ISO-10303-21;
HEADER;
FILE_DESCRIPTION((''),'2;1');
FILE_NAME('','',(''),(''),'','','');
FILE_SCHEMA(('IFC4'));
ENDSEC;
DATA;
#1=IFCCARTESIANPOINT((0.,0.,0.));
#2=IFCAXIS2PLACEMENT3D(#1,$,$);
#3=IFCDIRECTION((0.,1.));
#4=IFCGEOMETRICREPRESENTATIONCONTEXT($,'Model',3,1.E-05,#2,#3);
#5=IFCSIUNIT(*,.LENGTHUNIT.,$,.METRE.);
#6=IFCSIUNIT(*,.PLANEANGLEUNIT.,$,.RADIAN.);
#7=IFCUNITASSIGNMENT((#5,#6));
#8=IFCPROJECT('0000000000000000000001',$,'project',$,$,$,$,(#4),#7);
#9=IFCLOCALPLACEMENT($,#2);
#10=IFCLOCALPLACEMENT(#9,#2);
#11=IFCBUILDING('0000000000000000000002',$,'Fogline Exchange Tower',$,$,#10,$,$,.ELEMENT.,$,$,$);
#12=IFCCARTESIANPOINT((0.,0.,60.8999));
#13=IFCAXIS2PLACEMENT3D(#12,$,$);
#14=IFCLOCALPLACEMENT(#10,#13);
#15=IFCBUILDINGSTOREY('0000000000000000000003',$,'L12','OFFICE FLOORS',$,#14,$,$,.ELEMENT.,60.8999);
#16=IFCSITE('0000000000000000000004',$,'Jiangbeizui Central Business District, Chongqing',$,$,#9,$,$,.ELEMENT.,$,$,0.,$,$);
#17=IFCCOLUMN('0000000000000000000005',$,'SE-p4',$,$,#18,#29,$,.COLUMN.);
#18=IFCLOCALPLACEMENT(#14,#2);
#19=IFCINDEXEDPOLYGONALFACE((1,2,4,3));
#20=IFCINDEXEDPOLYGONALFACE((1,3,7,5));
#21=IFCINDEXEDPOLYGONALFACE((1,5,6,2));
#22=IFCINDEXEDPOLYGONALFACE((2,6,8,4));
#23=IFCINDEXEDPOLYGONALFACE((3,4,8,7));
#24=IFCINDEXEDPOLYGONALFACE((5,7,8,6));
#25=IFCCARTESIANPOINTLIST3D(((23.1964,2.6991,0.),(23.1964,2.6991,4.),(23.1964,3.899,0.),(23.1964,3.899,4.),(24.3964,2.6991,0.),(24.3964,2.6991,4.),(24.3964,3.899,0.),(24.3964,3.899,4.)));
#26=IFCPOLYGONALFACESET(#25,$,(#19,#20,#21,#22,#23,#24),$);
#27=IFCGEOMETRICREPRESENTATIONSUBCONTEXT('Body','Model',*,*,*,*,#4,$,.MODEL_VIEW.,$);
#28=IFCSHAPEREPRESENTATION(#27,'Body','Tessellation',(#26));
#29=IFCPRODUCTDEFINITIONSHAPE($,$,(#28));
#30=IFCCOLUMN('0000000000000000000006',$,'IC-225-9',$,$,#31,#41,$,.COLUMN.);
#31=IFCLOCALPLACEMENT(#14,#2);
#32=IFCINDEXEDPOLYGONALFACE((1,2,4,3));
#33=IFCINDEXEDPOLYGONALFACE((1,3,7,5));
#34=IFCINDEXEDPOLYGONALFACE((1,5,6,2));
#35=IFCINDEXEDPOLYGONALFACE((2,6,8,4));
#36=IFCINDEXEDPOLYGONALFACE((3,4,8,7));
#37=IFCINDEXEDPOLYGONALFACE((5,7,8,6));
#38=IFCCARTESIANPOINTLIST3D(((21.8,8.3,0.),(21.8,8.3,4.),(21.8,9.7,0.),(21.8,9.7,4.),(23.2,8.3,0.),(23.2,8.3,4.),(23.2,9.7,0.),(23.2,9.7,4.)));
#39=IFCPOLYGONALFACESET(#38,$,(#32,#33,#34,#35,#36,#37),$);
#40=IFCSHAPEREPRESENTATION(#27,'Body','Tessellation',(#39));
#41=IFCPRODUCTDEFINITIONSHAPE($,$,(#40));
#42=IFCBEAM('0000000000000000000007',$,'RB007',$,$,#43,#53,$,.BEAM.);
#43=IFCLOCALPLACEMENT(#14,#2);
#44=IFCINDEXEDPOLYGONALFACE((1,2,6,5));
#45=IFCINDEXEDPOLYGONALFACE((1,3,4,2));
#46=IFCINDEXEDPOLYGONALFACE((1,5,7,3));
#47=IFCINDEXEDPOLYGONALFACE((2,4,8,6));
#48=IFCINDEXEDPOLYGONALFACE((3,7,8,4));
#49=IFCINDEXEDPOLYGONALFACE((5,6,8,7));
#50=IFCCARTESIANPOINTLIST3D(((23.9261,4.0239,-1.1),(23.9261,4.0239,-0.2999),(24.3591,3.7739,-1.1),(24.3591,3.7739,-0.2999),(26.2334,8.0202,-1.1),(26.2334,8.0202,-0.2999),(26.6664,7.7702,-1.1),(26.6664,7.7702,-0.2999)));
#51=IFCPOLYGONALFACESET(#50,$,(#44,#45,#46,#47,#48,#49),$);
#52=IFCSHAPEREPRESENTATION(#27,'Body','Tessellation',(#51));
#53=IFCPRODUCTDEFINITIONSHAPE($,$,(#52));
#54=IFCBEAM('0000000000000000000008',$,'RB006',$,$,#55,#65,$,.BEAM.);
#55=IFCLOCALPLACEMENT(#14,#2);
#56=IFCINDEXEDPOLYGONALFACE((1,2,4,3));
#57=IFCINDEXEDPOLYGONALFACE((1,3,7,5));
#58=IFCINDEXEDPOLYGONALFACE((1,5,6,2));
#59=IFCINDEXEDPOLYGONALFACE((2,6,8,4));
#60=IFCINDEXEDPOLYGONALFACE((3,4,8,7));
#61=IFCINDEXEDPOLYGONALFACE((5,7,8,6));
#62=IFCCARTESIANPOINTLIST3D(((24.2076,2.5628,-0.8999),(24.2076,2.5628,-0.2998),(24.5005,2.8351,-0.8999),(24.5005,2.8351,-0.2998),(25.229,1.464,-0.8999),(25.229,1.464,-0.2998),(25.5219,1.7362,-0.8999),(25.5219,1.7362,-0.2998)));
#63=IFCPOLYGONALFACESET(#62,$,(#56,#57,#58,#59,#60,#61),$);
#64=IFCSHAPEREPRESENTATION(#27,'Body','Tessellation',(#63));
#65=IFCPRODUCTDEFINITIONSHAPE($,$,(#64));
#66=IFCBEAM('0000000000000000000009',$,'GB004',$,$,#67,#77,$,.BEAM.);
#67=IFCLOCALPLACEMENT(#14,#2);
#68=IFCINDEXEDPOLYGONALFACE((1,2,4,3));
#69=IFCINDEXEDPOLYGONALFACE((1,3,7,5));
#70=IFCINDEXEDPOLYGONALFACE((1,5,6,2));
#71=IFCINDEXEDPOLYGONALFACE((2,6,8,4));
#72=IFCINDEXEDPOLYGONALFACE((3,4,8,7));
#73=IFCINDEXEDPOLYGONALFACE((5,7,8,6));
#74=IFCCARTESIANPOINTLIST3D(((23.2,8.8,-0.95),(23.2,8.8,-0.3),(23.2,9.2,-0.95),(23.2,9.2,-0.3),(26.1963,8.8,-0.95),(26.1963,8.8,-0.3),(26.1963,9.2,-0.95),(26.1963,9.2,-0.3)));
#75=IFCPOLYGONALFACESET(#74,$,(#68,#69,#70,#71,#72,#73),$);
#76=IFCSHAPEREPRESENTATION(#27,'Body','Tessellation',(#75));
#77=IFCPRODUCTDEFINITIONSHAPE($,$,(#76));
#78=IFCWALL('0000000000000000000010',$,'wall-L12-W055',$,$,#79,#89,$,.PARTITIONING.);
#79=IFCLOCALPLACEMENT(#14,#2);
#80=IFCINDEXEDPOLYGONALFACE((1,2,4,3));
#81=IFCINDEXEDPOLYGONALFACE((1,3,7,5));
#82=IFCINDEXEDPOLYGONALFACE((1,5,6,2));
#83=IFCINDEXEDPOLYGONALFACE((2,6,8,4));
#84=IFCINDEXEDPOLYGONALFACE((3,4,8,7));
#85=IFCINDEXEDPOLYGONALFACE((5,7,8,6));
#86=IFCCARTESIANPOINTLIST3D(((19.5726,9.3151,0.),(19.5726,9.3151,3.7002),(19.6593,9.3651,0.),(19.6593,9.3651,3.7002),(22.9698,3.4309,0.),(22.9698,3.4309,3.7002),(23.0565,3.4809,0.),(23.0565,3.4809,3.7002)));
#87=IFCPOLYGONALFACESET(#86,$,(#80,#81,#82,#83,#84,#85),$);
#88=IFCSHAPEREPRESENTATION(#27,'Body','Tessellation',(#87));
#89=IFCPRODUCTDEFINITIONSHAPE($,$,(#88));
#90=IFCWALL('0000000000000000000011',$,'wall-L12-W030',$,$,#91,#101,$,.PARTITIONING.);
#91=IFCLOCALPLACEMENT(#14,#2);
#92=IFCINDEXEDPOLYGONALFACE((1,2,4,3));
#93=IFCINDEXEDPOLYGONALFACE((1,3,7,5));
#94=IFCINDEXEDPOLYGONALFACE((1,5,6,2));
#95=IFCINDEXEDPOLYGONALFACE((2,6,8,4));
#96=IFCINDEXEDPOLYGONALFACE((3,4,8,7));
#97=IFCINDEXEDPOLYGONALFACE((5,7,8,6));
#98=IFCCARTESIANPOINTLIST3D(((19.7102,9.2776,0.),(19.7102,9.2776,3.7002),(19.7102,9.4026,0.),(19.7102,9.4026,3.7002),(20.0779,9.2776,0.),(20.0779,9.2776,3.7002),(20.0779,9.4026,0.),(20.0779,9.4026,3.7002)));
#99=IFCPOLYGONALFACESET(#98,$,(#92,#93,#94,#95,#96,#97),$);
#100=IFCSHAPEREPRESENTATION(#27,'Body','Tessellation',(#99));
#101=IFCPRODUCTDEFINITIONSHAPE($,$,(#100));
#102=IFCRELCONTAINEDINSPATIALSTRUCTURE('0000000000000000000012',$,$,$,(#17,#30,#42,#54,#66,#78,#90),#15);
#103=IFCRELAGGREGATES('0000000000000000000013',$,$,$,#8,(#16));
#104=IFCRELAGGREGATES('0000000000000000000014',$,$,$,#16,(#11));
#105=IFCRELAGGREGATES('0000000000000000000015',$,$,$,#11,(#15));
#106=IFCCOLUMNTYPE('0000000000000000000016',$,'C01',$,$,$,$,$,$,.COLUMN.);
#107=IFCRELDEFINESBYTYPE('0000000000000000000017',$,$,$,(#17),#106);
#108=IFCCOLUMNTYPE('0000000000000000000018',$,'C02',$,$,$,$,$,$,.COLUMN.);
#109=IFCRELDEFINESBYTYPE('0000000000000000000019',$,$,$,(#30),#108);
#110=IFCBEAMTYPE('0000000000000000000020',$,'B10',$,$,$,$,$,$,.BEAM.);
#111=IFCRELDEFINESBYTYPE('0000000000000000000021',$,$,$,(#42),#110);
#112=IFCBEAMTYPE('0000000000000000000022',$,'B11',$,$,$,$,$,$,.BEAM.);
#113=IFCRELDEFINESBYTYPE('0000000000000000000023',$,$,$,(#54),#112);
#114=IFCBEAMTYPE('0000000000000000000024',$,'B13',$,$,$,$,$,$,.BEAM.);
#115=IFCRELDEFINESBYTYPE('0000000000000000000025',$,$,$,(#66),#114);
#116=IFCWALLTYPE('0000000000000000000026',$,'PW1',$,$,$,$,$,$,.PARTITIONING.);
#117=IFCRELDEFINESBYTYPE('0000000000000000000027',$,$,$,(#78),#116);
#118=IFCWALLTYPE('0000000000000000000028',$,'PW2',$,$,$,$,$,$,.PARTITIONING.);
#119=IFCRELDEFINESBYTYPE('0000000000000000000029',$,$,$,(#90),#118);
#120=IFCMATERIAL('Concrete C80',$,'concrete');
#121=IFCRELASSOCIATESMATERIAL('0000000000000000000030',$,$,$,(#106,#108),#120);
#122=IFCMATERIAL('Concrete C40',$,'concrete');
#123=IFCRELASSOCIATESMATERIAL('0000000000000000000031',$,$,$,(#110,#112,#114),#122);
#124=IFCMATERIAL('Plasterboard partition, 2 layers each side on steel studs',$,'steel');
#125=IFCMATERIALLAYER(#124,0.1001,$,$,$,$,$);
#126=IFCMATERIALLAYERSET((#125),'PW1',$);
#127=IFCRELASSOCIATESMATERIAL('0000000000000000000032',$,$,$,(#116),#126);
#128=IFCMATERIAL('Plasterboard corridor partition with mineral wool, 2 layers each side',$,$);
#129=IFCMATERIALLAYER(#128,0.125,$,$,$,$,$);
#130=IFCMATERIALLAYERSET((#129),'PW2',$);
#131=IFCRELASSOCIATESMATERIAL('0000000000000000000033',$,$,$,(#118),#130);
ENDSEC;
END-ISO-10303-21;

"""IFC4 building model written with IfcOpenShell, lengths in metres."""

from ifc_helpers import new_model, si_unit, direction, frame, frame_2d, origin, origin_2d, place, context, subcontext, project, spatial, rectangle, extrude, material, layer, layer_set, material_profile, profile_set, type_object, element, save


model = new_model("IFC4")

# Units and contexts
model_context = context("Model", 3, precision=1e-05, world=origin(), true_north=direction((0.0, 1.0)))
body_context = subcontext(model_context, "Body", "Model", "MODEL_VIEW")
ifc_project = project(units=[si_unit("LENGTHUNIT", "METRE"), si_unit("PLANEANGLEUNIT", "RADIAN")], contexts=[model_context])

# Site, building, storey
site_placement = place(None, origin())
site = spatial("IfcSite", under=ifc_project, at=site_placement, Name="Jiangbeizui Central Business District, Chongqing", CompositionType="ELEMENT", RefElevation=0.0)
building_placement = place(site_placement, origin())
building = spatial("IfcBuilding", under=site, at=building_placement, Name="Fogline Exchange Tower", CompositionType="ELEMENT")
storey_placement = place(building_placement, frame((0.0, 0.0, 60.8999)))
storey = spatial("IfcBuildingStorey", under=building, at=storey_placement, Name="L12", Description="OFFICE FLOORS", CompositionType="ELEMENT", Elevation=60.8999)

# Columns
ifc_material_1 = material(Name="Concrete C80", Category="concrete")
ifc_material_profile_1 = material_profile(ifc_material_1, rectangle(XDim=1.2, YDim=1.2, at=origin_2d()), Name="RC 1200x1200")
ifc_profile_set_1 = profile_set([ifc_material_profile_1], Name="Concrete C80")
column_type_1 = type_object("IfcColumnType", Name="C01", PredefinedType="COLUMN", material=ifc_profile_set_1)
column_1_placement = place(storey_placement, frame((23.7964, 3.2991, 0.0), z_axis=(0.0, 0.0, 1.0), x_axis=(1.0, 0.0, 0.0)))
element("IfcColumn", 1, at=column_1_placement, inside=storey, type_object=column_type_1, Name="SE-p4", PredefinedType="COLUMN", context=body_context, shape_type="SweptSolid", body=[
    extrude(rectangle(XDim=1.2, YDim=1.2, at=origin_2d()), origin(), (0.0, 0.0, 1.0), 4.0),
])
ifc_material_profile_2 = material_profile(ifc_material_1, rectangle(XDim=1.3999, YDim=1.3999, at=origin_2d()), Name="RC 1400x1400")
ifc_profile_set_2 = profile_set([ifc_material_profile_2], Name="Concrete C80")
column_type_2 = type_object("IfcColumnType", Name="C02", PredefinedType="COLUMN", material=ifc_profile_set_2)
column_2_placement = place(storey_placement, frame((22.5, 9.0, 0.0), z_axis=(0.0, 0.0, 1.0), x_axis=(1.0, 0.0, 0.0)))
element("IfcColumn", 2, at=column_2_placement, inside=storey, type_object=column_type_2, Name="IC-225-9", PredefinedType="COLUMN", context=body_context, shape_type="SweptSolid", body=[
    extrude(rectangle(XDim=1.3999, YDim=1.3999, at=origin_2d()), origin(), (0.0, 0.0, 1.0), 4.0),
])

# Beams
ifc_material_2 = material(Name="Concrete C40", Category="concrete")
ifc_material_profile_3 = material_profile(ifc_material_2, rectangle(XDim=0.5, YDim=0.8, at=origin_2d()), Name="RC 500x800")
ifc_profile_set_3 = profile_set([ifc_material_profile_3], Name="Concrete C40")
beam_type_1 = type_object("IfcBeamType", Name="B10", PredefinedType="BEAM", material=ifc_profile_set_3)
beam_1_placement = place(storey_placement, frame((24.1426, 3.8989, -0.7), z_axis=(0.500014, 0.866017, 0.0), x_axis=(-0.866017, 0.500014, 0.0)))
element("IfcBeam", 3, at=beam_1_placement, inside=storey, type_object=beam_type_1, Name="RB007", PredefinedType="BEAM", context=body_context, shape_type="SweptSolid", body=[
    extrude(rectangle(XDim=0.5, YDim=0.8, at=origin_2d()), origin(), (0.0, 0.0, 1.0), 4.6145),
])
ifc_material_profile_4 = material_profile(ifc_material_2, rectangle(XDim=0.3999, YDim=0.6001, at=origin_2d()), Name="RC 400x600")
ifc_profile_set_4 = profile_set([ifc_material_profile_4], Name="Concrete C40")
beam_type_2 = type_object("IfcBeamType", Name="B11", PredefinedType="BEAM", material=ifc_profile_set_4)
beam_2_placement = place(storey_placement, frame((25.3755, 1.6001, -0.5999), z_axis=(-0.680844, 0.732428, 0.0), x_axis=(-0.732428, -0.680844, 0.0)))
element("IfcBeam", 4, at=beam_2_placement, inside=storey, type_object=beam_type_2, Name="RB006", PredefinedType="BEAM", context=body_context, shape_type="SweptSolid", body=[
    extrude(rectangle(XDim=0.3999, YDim=0.6001, at=origin_2d()), origin(), (0.0, 0.0, 1.0), 1.5002),
])
ifc_material_profile_5 = material_profile(ifc_material_2, rectangle(XDim=0.3999, YDim=0.6499, at=origin_2d()), Name="RC 400x650")
ifc_profile_set_5 = profile_set([ifc_material_profile_5], Name="Concrete C40")
beam_type_3 = type_object("IfcBeamType", Name="B13", PredefinedType="BEAM", material=ifc_profile_set_5)
beam_3_placement = place(storey_placement, frame((23.2, 9.0, -0.625), z_axis=(1.0, 0.0, 0.0), x_axis=(0.0, 1.0, 0.0)))
element("IfcBeam", 5, at=beam_3_placement, inside=storey, type_object=beam_type_3, Name="GB004", PredefinedType="BEAM", context=body_context, shape_type="SweptSolid", body=[
    extrude(rectangle(XDim=0.3999, YDim=0.6499, at=origin_2d()), origin(), (0.0, 0.0, 1.0), 2.9963),
])

# Walls
ifc_material_3 = material(Name="Plasterboard partition, 2 layers each side on steel studs", Category="steel")
ifc_layer_1 = layer(ifc_material_3, 0.1001)
ifc_layer_set_1 = layer_set([ifc_layer_1], Name="PW1")
wall_type_1 = type_object("IfcWallType", Name="PW1", PredefinedType="PARTITIONING", material=ifc_layer_set_1)
wall_1_placement = place(storey_placement, frame((19.616, 9.3401, 0.0), z_axis=(0.0, 0.0, 1.0), x_axis=(0.499992, -0.86603, 0.0)))
element("IfcWall", 6, at=wall_1_placement, inside=storey, type_object=wall_type_1, Name="wall-L12-W055", PredefinedType="PARTITIONING", context=body_context, shape_type="SweptSolid", body=[
    extrude(rectangle(XDim=6.7944, YDim=0.1001, at=frame_2d((3.3972, 0.0))), origin(), (0.0, 0.0, 1.0), 3.7002),
])
ifc_material_4 = material(Name="Plasterboard corridor partition with mineral wool, 2 layers each side")
ifc_layer_2 = layer(ifc_material_4, 0.125)
ifc_layer_set_2 = layer_set([ifc_layer_2], Name="PW2")
wall_type_2 = type_object("IfcWallType", Name="PW2", PredefinedType="PARTITIONING", material=ifc_layer_set_2)
wall_2_placement = place(storey_placement, frame((20.0779, 9.3401, 0.0), z_axis=(0.0, 0.0, 1.0), x_axis=(-1.0, 0.0, 0.0)))
element("IfcWall", 7, at=wall_2_placement, inside=storey, type_object=wall_type_2, Name="wall-L12-W030", PredefinedType="PARTITIONING", context=body_context, shape_type="SweptSolid", body=[
    extrude(rectangle(XDim=0.3677, YDim=0.125, at=frame_2d((0.1838, 0.0))), origin(), (0.0, 0.0, 1.0), 3.7002),
])

save(model, "model.ifc")
